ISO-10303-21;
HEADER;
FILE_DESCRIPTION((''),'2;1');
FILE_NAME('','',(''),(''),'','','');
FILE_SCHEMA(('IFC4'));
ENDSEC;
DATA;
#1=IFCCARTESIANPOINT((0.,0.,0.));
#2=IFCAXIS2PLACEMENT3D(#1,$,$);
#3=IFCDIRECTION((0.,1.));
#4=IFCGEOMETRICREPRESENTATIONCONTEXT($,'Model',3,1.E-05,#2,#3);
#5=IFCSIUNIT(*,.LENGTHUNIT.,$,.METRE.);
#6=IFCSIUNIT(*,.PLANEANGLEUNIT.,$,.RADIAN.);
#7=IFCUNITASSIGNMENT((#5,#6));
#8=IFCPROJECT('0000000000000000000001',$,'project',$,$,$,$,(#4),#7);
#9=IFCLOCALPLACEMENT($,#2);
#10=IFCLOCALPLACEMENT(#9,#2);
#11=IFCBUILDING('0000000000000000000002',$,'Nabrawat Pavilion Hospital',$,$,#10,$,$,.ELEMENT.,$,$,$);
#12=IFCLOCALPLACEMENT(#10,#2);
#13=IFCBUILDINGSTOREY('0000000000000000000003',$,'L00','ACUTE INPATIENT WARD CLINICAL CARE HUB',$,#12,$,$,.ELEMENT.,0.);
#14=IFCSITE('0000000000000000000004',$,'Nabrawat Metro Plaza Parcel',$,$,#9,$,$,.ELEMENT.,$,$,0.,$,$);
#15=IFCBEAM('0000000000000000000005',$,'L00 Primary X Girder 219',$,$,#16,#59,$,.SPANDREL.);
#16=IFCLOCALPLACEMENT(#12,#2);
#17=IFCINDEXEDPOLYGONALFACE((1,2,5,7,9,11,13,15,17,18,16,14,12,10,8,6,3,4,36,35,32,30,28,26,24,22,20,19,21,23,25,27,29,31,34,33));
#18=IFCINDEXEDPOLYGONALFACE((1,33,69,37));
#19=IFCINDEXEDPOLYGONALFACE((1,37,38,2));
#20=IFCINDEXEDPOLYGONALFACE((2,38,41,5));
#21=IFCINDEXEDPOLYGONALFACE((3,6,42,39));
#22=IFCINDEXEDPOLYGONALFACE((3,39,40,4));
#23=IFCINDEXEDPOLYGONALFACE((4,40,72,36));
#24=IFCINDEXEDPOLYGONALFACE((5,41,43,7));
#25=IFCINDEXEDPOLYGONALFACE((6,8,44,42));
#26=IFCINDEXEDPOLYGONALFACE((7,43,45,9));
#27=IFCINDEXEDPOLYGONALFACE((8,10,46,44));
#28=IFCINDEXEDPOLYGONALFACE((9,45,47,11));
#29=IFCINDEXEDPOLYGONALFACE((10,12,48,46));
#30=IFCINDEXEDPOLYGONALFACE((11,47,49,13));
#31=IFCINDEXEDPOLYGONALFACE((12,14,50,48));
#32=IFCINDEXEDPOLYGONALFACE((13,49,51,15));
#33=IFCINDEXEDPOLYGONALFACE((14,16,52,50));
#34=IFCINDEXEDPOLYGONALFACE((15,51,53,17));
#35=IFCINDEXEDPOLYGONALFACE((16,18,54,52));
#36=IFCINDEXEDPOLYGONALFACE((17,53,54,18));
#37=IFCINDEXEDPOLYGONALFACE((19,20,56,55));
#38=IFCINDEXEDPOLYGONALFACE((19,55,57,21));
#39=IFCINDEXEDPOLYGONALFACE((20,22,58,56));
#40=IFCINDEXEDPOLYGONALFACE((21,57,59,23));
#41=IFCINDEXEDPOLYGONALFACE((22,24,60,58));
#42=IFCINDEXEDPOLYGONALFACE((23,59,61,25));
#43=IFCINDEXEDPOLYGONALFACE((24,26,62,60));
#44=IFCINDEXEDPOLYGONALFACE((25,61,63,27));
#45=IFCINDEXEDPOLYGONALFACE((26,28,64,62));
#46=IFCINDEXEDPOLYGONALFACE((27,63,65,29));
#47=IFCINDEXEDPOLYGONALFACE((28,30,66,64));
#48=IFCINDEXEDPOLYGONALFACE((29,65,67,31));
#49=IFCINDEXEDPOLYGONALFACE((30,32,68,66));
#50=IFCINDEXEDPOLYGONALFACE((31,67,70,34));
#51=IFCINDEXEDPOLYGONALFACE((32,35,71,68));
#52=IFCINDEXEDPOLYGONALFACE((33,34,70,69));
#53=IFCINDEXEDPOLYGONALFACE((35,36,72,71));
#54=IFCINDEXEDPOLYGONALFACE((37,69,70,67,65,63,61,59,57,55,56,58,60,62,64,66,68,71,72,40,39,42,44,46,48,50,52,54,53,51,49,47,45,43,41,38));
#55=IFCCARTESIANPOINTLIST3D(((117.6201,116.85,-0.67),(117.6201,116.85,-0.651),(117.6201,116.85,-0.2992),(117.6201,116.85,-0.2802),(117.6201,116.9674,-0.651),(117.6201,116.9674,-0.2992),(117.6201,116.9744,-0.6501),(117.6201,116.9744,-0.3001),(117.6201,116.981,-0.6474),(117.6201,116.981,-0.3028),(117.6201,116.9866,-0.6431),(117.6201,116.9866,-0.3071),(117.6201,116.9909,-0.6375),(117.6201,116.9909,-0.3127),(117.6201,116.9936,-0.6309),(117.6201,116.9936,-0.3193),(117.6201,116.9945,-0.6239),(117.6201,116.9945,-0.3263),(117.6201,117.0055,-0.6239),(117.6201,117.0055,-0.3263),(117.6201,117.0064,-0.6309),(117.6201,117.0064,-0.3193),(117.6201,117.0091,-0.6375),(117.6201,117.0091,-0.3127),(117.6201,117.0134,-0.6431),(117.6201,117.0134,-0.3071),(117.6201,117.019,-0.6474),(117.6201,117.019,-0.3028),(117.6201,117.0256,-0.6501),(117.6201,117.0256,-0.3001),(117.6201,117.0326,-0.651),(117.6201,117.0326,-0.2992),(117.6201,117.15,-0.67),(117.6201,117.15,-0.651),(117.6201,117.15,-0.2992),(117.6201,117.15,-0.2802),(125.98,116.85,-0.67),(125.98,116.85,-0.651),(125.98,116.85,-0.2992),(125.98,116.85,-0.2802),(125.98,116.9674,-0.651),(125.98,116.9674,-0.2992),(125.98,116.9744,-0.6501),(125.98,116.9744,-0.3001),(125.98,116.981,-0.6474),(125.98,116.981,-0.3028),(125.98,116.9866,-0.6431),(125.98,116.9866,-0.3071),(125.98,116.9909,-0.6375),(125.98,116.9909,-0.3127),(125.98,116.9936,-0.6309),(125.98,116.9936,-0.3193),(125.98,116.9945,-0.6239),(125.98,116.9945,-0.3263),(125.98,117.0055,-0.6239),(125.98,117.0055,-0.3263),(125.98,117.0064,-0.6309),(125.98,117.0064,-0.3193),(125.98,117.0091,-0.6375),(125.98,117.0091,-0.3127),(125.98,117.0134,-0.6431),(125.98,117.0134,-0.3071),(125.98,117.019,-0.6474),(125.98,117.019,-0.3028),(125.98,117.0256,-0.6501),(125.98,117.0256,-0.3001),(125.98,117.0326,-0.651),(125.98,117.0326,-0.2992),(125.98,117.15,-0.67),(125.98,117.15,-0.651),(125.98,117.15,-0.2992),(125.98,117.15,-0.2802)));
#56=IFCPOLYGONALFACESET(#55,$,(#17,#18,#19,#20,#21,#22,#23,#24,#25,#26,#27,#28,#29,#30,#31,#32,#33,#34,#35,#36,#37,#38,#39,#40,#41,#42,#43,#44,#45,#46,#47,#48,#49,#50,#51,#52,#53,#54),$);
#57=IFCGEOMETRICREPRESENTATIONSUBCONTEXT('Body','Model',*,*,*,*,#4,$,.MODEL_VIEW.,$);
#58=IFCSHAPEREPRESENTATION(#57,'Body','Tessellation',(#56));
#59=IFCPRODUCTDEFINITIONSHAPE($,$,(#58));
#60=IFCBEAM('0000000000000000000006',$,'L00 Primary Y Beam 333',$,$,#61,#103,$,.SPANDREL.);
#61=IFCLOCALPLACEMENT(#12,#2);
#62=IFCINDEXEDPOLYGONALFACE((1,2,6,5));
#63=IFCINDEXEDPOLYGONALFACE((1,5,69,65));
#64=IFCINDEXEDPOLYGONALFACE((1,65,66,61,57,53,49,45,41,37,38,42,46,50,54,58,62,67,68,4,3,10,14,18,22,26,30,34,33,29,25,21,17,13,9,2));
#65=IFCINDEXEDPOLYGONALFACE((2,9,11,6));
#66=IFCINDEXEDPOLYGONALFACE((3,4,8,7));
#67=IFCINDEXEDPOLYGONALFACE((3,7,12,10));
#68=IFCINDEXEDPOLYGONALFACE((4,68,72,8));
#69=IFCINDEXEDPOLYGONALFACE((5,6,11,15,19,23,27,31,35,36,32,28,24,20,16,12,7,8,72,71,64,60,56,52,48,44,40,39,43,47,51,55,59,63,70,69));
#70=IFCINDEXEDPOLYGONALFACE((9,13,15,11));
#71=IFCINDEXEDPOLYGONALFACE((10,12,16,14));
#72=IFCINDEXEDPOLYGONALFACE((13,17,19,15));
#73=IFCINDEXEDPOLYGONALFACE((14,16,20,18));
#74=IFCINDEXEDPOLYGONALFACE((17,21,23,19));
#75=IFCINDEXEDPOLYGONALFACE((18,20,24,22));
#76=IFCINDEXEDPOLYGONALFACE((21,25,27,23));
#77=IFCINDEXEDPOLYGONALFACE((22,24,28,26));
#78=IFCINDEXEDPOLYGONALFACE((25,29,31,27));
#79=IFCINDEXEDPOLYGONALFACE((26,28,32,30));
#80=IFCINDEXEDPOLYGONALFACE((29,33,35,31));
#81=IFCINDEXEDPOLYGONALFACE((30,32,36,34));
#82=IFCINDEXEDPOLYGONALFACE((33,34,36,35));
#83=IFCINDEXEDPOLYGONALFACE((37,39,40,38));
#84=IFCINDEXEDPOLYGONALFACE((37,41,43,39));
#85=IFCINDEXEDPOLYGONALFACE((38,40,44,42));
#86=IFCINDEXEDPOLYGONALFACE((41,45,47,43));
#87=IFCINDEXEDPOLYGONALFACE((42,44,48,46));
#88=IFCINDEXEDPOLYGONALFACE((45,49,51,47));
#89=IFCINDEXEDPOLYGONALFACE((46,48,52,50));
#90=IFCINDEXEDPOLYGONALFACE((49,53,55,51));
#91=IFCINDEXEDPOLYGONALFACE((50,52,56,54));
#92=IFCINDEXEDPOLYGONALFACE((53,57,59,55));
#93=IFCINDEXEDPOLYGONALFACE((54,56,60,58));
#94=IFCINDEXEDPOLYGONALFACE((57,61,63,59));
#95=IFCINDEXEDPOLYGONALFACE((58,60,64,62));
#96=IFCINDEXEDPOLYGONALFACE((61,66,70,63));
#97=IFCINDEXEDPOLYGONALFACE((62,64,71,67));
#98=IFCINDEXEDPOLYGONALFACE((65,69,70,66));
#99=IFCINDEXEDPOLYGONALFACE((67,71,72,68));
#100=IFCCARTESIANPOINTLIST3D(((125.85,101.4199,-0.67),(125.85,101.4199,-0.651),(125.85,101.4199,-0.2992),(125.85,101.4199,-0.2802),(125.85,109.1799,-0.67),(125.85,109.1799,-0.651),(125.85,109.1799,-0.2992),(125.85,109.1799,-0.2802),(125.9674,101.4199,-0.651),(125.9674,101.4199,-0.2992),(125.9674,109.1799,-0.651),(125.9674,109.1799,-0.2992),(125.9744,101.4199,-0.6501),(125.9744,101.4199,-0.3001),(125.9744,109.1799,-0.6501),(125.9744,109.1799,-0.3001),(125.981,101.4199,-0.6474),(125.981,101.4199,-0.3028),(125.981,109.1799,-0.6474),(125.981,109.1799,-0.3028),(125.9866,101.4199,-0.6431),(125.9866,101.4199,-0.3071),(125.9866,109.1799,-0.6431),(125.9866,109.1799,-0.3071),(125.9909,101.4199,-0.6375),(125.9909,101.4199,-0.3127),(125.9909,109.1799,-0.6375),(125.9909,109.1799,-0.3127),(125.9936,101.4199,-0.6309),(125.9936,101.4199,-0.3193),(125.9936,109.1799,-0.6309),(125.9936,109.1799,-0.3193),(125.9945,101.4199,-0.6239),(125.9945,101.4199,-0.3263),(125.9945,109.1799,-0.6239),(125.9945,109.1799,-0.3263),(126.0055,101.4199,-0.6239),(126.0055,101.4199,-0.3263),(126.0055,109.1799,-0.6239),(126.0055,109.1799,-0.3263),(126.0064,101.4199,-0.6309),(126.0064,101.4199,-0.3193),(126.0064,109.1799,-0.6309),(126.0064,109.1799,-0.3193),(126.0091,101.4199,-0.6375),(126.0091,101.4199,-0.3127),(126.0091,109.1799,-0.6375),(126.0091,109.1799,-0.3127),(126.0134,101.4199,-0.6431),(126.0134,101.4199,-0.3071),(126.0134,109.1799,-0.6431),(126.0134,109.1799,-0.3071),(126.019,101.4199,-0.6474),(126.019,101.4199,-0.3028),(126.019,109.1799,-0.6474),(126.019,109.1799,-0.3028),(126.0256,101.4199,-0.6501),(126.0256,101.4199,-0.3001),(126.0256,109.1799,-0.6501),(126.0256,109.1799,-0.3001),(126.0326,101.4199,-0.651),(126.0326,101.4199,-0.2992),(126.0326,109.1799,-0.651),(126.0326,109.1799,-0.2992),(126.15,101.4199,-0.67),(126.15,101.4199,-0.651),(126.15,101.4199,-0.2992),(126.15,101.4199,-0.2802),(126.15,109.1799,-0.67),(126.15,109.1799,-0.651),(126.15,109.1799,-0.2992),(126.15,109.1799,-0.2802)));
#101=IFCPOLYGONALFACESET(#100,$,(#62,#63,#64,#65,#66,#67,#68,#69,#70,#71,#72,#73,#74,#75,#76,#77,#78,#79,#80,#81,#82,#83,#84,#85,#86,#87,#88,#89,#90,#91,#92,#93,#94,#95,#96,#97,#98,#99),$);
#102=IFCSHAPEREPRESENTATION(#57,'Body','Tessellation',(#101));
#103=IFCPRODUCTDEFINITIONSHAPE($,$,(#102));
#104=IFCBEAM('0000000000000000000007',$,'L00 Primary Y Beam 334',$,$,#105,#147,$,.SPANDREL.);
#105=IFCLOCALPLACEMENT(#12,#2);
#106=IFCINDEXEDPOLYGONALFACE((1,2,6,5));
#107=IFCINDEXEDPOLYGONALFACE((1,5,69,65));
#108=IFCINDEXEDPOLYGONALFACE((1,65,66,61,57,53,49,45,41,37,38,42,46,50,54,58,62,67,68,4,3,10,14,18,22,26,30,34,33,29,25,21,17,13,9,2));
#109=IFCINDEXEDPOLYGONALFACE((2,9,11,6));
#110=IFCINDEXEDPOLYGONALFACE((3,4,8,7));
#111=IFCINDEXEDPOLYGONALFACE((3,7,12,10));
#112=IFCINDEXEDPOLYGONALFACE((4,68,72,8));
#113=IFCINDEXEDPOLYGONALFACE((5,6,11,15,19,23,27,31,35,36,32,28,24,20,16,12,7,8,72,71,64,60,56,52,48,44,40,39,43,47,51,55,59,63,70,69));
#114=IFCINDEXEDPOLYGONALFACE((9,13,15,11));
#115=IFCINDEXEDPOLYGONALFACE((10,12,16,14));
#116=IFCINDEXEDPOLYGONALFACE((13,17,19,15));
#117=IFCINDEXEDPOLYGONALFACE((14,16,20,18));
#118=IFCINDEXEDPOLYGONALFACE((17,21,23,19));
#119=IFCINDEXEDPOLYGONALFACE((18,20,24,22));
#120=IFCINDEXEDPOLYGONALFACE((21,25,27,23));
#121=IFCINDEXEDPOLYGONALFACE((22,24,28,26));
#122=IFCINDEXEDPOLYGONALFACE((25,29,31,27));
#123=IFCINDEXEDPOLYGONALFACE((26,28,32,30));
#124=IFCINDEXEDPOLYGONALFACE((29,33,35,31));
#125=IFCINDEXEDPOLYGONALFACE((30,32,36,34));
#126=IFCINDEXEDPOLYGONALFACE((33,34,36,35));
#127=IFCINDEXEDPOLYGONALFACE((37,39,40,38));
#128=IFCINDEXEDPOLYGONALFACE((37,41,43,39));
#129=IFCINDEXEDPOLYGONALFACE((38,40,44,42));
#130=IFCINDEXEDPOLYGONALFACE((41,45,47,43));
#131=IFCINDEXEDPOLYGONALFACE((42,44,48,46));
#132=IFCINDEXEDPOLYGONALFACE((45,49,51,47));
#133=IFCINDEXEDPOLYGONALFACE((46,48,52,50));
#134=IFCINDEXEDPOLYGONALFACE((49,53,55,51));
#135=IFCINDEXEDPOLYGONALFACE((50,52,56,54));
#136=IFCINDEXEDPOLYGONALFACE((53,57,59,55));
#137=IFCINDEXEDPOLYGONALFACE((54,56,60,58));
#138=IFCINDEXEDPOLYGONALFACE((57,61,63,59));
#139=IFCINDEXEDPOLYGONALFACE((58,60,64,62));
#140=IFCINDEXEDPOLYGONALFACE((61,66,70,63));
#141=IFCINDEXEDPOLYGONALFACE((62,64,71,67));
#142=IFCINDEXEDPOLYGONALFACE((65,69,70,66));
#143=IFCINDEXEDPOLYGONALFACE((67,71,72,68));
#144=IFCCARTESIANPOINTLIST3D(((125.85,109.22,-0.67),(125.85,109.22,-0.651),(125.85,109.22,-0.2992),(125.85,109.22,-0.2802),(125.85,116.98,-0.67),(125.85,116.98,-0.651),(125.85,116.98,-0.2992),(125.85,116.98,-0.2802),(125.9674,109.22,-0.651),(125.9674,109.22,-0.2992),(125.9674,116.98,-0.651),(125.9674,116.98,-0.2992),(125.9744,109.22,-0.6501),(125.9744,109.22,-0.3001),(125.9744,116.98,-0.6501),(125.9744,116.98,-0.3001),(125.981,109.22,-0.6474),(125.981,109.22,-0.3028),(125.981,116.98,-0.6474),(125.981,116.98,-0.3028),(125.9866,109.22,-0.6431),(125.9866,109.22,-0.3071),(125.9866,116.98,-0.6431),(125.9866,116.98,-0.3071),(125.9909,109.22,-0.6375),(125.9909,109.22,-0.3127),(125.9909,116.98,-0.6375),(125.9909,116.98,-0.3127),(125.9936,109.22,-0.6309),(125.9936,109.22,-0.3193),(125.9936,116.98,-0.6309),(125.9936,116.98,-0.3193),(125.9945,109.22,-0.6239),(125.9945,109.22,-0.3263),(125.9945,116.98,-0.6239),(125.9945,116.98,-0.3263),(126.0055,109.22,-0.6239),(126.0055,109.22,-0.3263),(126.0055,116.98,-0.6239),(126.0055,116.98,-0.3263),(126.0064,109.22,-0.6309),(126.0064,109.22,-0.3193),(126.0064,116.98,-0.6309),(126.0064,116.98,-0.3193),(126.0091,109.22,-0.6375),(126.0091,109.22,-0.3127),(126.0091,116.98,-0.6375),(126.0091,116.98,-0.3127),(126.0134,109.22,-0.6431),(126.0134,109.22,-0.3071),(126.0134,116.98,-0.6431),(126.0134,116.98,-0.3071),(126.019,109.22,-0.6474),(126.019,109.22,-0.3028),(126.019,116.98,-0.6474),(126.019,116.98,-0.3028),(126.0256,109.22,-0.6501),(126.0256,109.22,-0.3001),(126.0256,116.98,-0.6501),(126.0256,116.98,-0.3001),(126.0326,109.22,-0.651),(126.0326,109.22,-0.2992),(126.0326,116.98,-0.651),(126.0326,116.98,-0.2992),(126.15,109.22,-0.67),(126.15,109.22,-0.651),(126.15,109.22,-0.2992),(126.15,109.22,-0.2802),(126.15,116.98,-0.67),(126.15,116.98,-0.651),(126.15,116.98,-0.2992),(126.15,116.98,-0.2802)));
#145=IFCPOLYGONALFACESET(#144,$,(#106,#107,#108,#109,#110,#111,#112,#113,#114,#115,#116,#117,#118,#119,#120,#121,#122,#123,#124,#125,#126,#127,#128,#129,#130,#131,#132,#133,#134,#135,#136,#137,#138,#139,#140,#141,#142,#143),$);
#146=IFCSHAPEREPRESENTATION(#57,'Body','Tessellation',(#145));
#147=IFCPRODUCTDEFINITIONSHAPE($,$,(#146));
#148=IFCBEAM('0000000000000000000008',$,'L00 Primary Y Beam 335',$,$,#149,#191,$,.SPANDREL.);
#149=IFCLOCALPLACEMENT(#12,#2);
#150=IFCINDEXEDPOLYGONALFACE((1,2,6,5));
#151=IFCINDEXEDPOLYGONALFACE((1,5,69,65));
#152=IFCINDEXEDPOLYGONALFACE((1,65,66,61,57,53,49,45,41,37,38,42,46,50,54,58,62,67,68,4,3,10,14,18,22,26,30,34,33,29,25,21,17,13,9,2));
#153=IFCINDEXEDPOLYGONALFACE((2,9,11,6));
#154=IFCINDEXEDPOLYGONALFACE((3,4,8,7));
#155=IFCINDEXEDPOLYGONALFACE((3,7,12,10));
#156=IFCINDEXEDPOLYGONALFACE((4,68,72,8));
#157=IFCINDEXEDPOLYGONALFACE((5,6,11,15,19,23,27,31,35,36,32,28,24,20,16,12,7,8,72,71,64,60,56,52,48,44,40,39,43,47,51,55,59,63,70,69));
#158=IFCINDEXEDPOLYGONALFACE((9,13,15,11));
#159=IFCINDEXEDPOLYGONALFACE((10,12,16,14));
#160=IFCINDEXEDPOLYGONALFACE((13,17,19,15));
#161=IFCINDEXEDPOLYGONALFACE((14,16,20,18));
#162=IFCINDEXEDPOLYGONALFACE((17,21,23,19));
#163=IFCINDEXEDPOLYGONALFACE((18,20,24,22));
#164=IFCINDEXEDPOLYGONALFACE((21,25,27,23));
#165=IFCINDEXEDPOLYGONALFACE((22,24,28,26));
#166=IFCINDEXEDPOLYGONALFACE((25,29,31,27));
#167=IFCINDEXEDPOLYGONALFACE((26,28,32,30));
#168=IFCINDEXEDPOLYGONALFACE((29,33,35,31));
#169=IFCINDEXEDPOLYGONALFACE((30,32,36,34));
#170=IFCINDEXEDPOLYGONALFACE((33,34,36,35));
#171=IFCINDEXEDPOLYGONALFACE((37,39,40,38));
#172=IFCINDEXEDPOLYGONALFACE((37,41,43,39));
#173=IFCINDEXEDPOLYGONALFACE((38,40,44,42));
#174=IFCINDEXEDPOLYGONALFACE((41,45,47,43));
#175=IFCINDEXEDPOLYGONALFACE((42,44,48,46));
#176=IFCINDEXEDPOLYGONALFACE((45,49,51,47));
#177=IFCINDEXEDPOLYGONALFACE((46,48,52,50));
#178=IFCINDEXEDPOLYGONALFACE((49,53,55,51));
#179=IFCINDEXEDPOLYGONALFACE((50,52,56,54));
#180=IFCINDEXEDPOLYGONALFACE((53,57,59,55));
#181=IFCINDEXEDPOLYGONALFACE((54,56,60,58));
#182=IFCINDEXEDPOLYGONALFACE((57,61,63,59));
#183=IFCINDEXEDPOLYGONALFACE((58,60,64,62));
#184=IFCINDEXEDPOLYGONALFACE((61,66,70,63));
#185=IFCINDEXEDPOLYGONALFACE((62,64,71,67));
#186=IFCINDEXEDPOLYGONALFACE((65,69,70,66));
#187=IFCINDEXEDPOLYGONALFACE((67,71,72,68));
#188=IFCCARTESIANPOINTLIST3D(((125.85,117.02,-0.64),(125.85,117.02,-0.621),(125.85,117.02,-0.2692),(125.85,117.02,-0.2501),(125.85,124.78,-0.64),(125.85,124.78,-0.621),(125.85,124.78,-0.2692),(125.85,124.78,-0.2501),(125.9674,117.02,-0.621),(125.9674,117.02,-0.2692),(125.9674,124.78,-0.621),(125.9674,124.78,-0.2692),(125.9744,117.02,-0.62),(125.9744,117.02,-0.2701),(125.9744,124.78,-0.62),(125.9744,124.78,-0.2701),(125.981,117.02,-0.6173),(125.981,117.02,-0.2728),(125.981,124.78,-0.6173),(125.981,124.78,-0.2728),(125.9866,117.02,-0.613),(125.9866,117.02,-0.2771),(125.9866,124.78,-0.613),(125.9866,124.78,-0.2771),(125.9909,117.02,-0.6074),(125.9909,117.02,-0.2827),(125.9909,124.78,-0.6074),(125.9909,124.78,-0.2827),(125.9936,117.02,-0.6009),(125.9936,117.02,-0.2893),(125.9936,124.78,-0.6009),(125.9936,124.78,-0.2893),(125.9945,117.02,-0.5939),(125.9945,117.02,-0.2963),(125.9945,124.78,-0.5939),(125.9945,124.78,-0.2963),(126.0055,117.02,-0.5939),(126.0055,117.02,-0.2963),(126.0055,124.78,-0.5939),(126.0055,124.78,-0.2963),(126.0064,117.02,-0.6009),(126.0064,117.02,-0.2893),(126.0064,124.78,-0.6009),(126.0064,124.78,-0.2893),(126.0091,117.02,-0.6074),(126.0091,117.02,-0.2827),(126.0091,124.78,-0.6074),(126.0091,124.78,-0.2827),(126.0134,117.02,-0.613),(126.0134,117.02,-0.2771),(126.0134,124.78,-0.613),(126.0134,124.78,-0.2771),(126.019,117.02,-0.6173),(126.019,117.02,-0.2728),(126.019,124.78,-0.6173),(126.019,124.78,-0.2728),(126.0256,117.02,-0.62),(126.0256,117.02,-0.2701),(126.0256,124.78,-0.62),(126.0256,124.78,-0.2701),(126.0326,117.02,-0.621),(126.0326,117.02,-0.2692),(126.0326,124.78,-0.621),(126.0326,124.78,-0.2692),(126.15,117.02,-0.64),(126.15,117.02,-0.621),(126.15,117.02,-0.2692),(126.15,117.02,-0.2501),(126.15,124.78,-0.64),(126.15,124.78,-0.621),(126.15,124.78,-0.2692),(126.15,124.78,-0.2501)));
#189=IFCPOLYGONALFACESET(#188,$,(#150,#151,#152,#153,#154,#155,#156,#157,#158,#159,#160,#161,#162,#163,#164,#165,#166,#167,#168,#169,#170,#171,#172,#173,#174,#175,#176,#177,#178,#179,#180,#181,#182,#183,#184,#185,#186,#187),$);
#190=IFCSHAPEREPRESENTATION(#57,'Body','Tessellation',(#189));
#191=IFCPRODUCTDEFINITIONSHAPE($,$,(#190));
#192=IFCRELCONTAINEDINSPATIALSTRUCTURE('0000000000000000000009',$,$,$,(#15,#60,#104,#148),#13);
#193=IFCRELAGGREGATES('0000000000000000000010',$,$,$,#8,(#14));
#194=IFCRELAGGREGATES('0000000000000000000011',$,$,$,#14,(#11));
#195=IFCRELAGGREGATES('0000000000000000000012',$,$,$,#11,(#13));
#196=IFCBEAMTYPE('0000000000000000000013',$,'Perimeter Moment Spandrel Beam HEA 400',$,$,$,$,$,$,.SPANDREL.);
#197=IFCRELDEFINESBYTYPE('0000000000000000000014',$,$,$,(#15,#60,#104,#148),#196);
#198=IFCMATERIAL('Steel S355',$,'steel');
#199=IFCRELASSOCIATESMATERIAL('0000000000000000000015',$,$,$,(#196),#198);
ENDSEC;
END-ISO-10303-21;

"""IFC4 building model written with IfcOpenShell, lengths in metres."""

from ifc_helpers import new_model, si_unit, direction, frame, origin, origin_2d, place, context, subcontext, project, spatial, i_section, extrude, material, material_profile, profile_set, type_object, element, save


model = new_model("IFC4")

# Units and contexts
model_context = context("Model", 3, precision=1e-05, world=origin(), true_north=direction((0.0, 1.0)))
body_context = subcontext(model_context, "Body", "Model", "MODEL_VIEW")
ifc_project = project(units=[si_unit("LENGTHUNIT", "METRE"), si_unit("PLANEANGLEUNIT", "RADIAN")], contexts=[model_context])

# Site, building, storey
site_placement = place(None, origin())
site = spatial("IfcSite", under=ifc_project, at=site_placement, Name="Nabrawat Metro Plaza Parcel", CompositionType="ELEMENT", RefElevation=0.0)
building_placement = place(site_placement, origin())
building = spatial("IfcBuilding", under=site, at=building_placement, Name="Nabrawat Pavilion Hospital", CompositionType="ELEMENT")
storey_placement = place(building_placement, origin())
storey = spatial("IfcBuildingStorey", under=building, at=storey_placement, Name="L00", Description="ACUTE INPATIENT WARD CLINICAL CARE HUB", CompositionType="ELEMENT", Elevation=0.0)

# Shared definitions
ifc_material_1 = material(Name="Steel S355", Category="steel")

# Beams
ifc_material_profile_1 = material_profile(ifc_material_1, i_section(OverallWidth=0.3, OverallDepth=0.3899, WebThickness=0.011, FlangeThickness=0.019, FilletRadius=0.0271, at=origin_2d()), Name="HEA 400")
ifc_profile_set_1 = profile_set([ifc_material_profile_1], Name="Steel S355")
beam_type_1 = type_object("IfcBeamType", Name="Perimeter Moment Spandrel Beam HEA 400", PredefinedType="SPANDREL", material=ifc_profile_set_1)
beam_1_placement = place(storey_placement, frame((117.6201, 117.0, -0.4751), z_axis=(1.0, 0.0, 0.0), x_axis=(0.0, 1.0, 0.0)))
element("IfcBeam", 1, at=beam_1_placement, inside=storey, type_object=beam_type_1, Name="L00 Primary X Girder 219", PredefinedType="SPANDREL", context=body_context, shape_type="SweptSolid", body=[
    extrude(i_section(OverallWidth=0.3, OverallDepth=0.3899, WebThickness=0.011, FlangeThickness=0.019, FilletRadius=0.0271, at=origin_2d()), origin(), (0.0, 0.0, 1.0), 8.3599),
])
for number, where, z_axis, x_axis, name in (
    (2, (126.0, 101.4199, -0.4751), (0.0, 1.0, 0.0), (-1.0, 0.0, 0.0), "L00 Primary Y Beam 333"),
    (3, (126.0, 109.22, -0.4751), (0.0, 1.0, 0.0), (-1.0, 0.0, 0.0), "L00 Primary Y Beam 334"),
    (4, (126.0, 117.02, -0.4451), (0.0, 1.0, 0.0), (-1.0, 0.0, 0.0), "L00 Primary Y Beam 335"),
):
    element("IfcBeam", number, at=place(storey_placement, frame(where, z_axis=z_axis, x_axis=x_axis)), inside=storey, type_object=beam_type_1, Name=name, PredefinedType="SPANDREL", context=body_context, shape_type="SweptSolid", body=[
        extrude(i_section(OverallWidth=0.3, OverallDepth=0.3899, WebThickness=0.011, FlangeThickness=0.019, FilletRadius=0.0271, at=origin_2d()), origin(), (0.0, 0.0, 1.0), 7.76),
    ])

save(model, "model.ifc")
